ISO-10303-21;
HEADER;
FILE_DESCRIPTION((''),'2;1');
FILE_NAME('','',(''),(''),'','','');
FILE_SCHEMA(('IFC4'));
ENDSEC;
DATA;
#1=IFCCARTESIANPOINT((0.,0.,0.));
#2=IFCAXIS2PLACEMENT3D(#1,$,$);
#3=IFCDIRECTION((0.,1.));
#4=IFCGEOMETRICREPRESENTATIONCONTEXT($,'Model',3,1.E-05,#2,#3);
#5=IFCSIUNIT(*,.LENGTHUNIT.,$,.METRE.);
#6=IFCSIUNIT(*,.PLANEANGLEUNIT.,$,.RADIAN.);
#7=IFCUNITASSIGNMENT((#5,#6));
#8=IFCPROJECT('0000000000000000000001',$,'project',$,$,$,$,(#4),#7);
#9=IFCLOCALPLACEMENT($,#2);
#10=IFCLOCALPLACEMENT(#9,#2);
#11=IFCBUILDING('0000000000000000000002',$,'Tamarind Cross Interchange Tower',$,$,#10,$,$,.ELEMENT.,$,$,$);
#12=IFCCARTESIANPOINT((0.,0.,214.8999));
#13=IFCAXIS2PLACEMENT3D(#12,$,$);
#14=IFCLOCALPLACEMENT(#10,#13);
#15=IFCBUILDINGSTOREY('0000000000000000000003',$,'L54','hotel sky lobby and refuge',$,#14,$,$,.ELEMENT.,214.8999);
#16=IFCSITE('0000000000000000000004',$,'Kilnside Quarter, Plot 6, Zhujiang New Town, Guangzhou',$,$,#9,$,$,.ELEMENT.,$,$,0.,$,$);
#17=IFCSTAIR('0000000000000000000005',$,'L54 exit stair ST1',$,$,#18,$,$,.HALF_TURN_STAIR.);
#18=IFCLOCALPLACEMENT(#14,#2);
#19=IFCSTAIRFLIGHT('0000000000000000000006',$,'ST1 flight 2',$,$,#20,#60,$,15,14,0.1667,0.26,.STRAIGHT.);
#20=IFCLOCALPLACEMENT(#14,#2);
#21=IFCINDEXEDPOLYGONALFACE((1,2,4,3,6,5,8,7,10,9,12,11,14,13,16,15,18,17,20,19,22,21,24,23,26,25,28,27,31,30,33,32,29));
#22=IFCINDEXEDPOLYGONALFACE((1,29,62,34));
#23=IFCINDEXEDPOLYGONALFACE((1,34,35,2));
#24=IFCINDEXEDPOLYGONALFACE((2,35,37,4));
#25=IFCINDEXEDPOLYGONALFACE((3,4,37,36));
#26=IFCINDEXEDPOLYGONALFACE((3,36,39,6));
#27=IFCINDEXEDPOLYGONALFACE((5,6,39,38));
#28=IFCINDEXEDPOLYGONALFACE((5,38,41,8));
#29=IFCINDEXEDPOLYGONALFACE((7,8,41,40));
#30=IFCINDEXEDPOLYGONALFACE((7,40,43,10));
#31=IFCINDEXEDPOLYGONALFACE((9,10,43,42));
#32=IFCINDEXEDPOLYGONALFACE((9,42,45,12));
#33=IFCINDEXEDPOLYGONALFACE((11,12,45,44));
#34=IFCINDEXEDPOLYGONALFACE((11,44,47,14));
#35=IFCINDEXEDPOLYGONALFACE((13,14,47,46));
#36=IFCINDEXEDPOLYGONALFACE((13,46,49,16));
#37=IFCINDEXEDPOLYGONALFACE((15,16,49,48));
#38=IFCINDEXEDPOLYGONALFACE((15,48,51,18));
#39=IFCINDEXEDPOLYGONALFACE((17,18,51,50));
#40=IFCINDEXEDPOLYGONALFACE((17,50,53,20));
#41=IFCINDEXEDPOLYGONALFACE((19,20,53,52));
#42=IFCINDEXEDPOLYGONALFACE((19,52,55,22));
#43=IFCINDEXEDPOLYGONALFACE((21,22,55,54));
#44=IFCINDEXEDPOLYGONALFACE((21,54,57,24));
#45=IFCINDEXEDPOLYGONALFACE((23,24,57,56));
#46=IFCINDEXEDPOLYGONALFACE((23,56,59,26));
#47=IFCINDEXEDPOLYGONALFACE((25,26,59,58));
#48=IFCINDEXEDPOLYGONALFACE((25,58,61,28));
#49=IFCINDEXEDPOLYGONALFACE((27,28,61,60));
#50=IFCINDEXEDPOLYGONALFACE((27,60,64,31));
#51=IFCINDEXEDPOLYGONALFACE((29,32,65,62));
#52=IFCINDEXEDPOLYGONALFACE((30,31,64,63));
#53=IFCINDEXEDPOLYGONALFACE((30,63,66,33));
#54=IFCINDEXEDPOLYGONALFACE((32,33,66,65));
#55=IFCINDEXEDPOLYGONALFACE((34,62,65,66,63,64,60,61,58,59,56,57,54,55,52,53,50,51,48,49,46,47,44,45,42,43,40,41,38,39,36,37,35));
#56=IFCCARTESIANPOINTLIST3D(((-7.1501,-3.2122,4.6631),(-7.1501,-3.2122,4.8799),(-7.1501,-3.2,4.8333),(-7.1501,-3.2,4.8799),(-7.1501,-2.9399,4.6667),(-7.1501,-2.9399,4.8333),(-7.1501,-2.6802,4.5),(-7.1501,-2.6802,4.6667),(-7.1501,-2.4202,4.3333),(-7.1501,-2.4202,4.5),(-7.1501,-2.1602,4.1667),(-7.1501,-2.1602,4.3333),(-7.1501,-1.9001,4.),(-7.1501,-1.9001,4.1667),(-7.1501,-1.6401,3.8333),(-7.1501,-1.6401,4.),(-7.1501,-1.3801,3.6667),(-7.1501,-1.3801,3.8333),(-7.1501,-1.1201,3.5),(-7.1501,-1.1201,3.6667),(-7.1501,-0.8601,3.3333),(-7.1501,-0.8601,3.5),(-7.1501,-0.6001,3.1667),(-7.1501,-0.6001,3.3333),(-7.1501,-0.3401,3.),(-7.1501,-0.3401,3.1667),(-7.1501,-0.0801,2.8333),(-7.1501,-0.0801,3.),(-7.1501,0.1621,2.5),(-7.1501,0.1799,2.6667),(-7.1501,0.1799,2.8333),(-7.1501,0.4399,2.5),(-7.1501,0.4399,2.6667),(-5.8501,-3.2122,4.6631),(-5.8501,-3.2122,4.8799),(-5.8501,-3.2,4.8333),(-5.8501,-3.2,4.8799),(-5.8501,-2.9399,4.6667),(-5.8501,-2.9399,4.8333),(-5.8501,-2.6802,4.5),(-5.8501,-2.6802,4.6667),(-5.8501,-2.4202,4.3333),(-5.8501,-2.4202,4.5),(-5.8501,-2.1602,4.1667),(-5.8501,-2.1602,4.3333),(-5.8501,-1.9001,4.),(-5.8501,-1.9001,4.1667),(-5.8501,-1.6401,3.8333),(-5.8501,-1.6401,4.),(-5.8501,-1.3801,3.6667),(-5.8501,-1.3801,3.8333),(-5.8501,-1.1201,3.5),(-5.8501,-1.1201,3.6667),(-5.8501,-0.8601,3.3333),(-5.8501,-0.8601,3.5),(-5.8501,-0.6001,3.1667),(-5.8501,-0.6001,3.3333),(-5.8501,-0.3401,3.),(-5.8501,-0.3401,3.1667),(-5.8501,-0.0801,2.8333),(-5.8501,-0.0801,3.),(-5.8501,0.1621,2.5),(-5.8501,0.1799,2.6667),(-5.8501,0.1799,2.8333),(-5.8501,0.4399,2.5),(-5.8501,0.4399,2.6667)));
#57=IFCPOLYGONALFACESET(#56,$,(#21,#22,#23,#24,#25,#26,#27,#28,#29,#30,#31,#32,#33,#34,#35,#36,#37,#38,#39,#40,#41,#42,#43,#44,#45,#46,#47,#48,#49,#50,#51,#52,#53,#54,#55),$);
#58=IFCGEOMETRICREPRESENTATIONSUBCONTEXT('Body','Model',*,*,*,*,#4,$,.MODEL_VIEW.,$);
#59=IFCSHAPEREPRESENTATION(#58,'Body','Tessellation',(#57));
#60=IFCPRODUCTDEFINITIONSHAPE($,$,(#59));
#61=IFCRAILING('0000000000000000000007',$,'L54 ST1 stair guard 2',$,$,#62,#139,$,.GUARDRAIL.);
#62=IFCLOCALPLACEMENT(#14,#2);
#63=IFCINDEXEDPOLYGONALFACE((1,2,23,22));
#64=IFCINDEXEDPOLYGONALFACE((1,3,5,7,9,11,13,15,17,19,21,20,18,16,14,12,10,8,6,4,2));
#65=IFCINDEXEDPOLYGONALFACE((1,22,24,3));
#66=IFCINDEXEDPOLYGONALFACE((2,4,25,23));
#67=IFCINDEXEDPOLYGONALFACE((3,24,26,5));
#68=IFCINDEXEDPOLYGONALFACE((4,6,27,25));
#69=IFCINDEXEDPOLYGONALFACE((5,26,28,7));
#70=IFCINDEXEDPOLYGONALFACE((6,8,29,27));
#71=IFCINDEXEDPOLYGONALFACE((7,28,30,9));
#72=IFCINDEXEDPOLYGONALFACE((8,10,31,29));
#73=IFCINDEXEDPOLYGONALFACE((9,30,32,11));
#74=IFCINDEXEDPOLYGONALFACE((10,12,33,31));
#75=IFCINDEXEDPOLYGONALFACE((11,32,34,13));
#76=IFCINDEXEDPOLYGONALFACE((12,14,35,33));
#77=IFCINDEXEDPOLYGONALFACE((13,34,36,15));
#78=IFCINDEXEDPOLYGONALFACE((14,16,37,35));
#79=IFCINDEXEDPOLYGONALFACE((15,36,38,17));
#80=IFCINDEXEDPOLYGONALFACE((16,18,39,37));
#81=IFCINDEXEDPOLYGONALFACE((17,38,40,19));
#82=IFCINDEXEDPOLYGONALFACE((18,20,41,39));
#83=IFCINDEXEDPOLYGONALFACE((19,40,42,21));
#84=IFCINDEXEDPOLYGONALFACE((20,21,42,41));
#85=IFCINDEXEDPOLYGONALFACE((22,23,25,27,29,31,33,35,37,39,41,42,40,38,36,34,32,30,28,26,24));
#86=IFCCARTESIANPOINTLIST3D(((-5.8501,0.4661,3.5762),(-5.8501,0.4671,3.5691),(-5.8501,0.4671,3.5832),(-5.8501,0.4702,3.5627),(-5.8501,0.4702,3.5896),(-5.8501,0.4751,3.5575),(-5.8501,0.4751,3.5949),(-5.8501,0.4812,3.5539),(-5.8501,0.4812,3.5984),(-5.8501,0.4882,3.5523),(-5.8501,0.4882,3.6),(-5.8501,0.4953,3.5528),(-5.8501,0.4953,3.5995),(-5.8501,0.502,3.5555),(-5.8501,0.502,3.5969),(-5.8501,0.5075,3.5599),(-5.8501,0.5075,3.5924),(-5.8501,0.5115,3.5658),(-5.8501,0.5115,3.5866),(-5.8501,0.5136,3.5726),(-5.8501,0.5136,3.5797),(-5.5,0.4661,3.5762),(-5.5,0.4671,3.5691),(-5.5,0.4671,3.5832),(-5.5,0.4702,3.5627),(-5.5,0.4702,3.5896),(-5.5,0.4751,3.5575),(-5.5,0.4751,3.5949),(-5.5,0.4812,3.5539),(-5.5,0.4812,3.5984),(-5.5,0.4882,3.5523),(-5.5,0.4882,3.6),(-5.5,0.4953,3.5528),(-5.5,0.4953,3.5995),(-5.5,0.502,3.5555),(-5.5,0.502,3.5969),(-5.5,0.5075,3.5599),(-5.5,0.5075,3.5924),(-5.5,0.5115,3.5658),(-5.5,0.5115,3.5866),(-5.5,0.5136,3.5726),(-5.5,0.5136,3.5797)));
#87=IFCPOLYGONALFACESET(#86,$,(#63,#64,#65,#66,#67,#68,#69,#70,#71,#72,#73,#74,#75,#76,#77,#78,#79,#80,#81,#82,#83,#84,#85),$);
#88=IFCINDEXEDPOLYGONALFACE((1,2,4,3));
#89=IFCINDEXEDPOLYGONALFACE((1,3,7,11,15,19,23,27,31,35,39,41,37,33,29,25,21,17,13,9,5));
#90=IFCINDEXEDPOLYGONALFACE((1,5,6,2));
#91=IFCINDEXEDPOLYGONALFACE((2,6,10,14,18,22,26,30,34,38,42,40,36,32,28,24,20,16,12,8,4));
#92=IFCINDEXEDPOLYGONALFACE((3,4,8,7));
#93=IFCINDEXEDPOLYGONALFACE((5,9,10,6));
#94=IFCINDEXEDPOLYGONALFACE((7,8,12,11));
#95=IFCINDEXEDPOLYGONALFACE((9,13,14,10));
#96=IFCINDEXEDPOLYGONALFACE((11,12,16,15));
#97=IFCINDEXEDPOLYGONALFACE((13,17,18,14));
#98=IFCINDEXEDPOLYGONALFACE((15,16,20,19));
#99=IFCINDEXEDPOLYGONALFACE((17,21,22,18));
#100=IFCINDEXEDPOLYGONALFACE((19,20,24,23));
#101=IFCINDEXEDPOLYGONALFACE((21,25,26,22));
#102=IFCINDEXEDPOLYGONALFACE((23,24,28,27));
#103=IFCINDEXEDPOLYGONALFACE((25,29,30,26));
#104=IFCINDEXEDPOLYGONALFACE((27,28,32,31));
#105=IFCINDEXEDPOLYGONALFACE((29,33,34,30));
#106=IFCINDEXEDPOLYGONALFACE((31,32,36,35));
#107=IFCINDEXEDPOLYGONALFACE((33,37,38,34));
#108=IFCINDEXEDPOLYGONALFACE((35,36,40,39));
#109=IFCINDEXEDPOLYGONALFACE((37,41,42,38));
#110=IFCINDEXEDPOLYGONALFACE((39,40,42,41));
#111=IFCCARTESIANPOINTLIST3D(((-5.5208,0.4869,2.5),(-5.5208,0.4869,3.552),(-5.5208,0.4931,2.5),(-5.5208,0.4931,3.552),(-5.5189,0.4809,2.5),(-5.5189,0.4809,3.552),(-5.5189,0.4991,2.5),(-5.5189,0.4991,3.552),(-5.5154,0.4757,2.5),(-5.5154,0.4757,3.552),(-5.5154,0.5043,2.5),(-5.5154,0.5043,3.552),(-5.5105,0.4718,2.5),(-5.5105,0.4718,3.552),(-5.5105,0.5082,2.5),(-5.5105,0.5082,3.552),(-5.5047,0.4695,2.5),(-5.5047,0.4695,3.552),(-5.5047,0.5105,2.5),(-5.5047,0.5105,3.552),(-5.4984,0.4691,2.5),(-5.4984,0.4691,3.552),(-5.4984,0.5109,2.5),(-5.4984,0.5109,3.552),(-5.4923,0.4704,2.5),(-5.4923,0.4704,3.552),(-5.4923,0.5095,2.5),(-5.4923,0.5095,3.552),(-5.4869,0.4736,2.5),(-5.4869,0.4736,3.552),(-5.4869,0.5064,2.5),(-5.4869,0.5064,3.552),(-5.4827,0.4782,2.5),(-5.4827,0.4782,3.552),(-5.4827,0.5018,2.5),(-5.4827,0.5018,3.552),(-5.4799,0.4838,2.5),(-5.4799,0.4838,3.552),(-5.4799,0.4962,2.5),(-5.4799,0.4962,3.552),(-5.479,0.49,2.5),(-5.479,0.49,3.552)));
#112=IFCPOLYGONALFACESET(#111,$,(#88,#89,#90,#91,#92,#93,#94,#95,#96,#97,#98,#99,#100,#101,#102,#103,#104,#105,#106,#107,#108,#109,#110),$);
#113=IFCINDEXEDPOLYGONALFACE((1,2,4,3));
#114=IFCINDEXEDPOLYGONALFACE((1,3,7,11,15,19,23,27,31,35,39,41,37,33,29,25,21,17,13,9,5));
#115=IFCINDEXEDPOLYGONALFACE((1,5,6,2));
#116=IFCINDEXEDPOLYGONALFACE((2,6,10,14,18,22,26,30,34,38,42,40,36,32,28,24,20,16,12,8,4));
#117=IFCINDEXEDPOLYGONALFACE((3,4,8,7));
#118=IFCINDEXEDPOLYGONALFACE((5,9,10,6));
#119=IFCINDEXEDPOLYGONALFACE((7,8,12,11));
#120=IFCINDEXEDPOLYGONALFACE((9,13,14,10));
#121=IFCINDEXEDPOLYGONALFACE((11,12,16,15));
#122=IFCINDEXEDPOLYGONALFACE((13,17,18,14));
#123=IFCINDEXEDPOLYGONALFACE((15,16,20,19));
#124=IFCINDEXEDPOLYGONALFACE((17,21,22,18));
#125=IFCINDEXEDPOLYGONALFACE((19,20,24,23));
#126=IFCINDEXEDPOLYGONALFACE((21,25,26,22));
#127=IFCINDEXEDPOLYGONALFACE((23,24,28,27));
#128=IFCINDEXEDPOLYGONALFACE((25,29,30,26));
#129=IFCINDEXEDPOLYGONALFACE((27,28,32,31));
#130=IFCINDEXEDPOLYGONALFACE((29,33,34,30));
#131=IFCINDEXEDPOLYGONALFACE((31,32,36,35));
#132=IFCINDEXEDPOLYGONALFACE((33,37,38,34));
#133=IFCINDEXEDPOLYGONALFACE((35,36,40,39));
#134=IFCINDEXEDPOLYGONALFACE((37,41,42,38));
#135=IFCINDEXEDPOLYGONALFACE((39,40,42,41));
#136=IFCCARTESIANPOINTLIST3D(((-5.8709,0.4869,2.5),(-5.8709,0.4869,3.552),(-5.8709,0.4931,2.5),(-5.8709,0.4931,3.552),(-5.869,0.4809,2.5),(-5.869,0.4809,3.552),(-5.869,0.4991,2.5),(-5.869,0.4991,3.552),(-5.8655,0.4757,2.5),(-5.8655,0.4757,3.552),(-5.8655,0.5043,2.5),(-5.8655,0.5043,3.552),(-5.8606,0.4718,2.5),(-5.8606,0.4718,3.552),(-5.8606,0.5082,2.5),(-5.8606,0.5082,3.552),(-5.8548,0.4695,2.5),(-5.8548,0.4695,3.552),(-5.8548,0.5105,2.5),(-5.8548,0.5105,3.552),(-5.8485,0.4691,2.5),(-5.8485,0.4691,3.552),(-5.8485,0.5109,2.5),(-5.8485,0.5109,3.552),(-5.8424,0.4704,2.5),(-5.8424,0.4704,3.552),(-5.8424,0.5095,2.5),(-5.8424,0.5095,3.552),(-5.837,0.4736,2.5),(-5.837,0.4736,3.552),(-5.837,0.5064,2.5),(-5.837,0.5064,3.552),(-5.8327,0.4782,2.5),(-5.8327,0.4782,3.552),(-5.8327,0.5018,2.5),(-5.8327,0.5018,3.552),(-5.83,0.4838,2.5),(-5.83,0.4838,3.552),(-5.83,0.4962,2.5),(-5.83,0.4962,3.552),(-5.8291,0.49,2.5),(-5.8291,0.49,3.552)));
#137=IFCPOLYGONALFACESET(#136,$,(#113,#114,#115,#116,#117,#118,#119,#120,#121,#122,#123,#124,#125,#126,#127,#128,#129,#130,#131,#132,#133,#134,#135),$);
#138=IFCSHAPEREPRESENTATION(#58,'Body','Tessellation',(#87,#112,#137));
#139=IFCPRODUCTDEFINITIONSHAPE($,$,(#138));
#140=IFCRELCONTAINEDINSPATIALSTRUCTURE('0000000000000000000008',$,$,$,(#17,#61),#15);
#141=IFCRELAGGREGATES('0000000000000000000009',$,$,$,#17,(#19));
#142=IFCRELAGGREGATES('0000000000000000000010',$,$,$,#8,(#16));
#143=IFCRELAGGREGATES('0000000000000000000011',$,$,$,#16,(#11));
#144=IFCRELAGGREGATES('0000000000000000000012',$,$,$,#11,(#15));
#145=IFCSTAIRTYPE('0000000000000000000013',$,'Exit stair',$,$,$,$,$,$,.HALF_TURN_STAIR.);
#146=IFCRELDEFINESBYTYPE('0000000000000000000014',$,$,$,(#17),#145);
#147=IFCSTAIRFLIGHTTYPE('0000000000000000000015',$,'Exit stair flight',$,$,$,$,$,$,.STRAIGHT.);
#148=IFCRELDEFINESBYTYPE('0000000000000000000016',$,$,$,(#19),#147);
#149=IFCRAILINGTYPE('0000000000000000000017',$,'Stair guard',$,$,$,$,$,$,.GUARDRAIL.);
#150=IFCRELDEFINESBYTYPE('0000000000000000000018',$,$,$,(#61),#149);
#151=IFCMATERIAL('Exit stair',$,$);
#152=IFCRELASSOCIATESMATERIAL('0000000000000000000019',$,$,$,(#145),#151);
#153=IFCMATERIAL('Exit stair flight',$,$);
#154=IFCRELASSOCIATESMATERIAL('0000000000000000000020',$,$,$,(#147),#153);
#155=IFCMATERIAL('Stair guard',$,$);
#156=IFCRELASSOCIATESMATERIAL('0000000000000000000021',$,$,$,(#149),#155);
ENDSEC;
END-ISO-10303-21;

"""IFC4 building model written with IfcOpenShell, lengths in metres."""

from ifc_helpers import new_model, si_unit, direction, frame, origin, origin_2d, place, context, subcontext, project, spatial, polyline, circle, outline, extrude, material, type_object, element, aggregate, save


model = new_model("IFC4")

# Units and contexts
model_context = context("Model", 3, precision=1e-05, world=origin(), true_north=direction((0.0, 1.0)))
body_context = subcontext(model_context, "Body", "Model", "MODEL_VIEW")
ifc_project = project(units=[si_unit("LENGTHUNIT", "METRE"), si_unit("PLANEANGLEUNIT", "RADIAN")], contexts=[model_context])

# Site, building, storey
site_placement = place(None, origin())
site = spatial("IfcSite", under=ifc_project, at=site_placement, Name="Kilnside Quarter, Plot 6, Zhujiang New Town, Guangzhou", CompositionType="ELEMENT", RefElevation=0.0)
building_placement = place(site_placement, origin())
building = spatial("IfcBuilding", under=site, at=building_placement, Name="Tamarind Cross Interchange Tower", CompositionType="ELEMENT")
storey_placement = place(building_placement, frame((0.0, 0.0, 214.8999)))
storey = spatial("IfcBuildingStorey", under=building, at=storey_placement, Name="L54", Description="hotel sky lobby and refuge", CompositionType="ELEMENT", Elevation=214.8999)

# Stair, stair flight
ifc_material_1 = material(Name="Exit stair")
stair_type = type_object("IfcStairType", Name="Exit stair", PredefinedType="HALF_TURN_STAIR", material=ifc_material_1)
stair_placement = place(storey_placement, origin())
stair = element("IfcStair", 1, at=stair_placement, inside=storey, type_object=stair_type, Name="L54 exit stair ST1", PredefinedType="HALF_TURN_STAIR")
ifc_material_2 = material(Name="Exit stair flight")
stair_flight_type = type_object("IfcStairFlightType", Name="Exit stair flight", PredefinedType="STRAIGHT", material=ifc_material_2)
stair_flight_placement = place(storey_placement, frame((-6.5, 0.4399, 2.5), z_axis=(0.0, 0.0, 1.0), x_axis=(0.0, -1.0, 0.0)))
stair_flight = element("IfcStairFlight", 2, at=stair_flight_placement, type_object=stair_flight_type, Name="ST1 flight 2", NumberOfRisers=15, NumberOfTreads=14, PredefinedType="STRAIGHT", RiserHeight=0.1667, TreadLength=0.26, context=body_context, shape_type="SweptSolid", body=[
    extrude(outline(polyline([(0.0, 0.0), (0.0, 0.1667), (0.26, 0.1667), (0.26, 0.3333), (0.52, 0.3333), (0.52, 0.5), (0.78, 0.5), (0.78, 0.6667), (1.04, 0.6667), (1.04, 0.8333), (1.3, 0.8333), (1.3, 1.0), (1.5601, 1.0), (1.5601, 1.1667), (1.8201, 1.1667), (1.8201, 1.3333), (2.0801, 1.3333), (2.0801, 1.5), (2.3401, 1.5), (2.3401, 1.6667), (2.6001, 1.6667), (2.6001, 1.8333), (2.8601, 1.8333), (2.8601, 2.0), (3.1201, 2.0), (3.1201, 2.1667), (3.3799, 2.1667), (3.3799, 2.3333), (3.6399, 2.3333), (3.6399, 2.3799), (3.6521, 2.3799), (3.6521, 2.1631), (0.2778, 0.0), (0.0, 0.0)])), frame((0.0, 0.6499, 0.0), z_axis=(0.0, -1.0, 0.0), x_axis=(1.0, 0.0, 0.0)), (0.0, 0.0, 1.0), 1.3),
])
aggregate(stair, [stair_flight])

# Railing
ifc_material_3 = material(Name="Stair guard")
railing_type_1 = type_object("IfcRailingType", Name="Stair guard", PredefinedType="GUARDRAIL", material=ifc_material_3)
railing_1_placement = place(storey_placement, frame((-5.5, 0.49, 2.5)))
element("IfcRailing", 3, at=railing_1_placement, inside=storey, type_object=railing_type_1, Name="L54 ST1 stair guard 2", PredefinedType="GUARDRAIL", context=body_context, shape_type="SweptSolid", body=[
    extrude(circle(Radius=0.0239, at=origin_2d()), frame((0.0, 0.0, 1.0762), z_axis=(-1.0, 0.0, 0.0), x_axis=(0.0, -1.0, 0.0)), (0.0, 0.0, 1.0), 0.3501),
    extrude(circle(Radius=0.021, at=origin_2d()), origin(), (0.0, 0.0, 1.0), 1.052),
    extrude(circle(Radius=0.021, at=origin_2d()), frame((-0.3501, 0.0, 0.0)), (0.0, 0.0, 1.0), 1.052),
])

save(model, "model.ifc")
